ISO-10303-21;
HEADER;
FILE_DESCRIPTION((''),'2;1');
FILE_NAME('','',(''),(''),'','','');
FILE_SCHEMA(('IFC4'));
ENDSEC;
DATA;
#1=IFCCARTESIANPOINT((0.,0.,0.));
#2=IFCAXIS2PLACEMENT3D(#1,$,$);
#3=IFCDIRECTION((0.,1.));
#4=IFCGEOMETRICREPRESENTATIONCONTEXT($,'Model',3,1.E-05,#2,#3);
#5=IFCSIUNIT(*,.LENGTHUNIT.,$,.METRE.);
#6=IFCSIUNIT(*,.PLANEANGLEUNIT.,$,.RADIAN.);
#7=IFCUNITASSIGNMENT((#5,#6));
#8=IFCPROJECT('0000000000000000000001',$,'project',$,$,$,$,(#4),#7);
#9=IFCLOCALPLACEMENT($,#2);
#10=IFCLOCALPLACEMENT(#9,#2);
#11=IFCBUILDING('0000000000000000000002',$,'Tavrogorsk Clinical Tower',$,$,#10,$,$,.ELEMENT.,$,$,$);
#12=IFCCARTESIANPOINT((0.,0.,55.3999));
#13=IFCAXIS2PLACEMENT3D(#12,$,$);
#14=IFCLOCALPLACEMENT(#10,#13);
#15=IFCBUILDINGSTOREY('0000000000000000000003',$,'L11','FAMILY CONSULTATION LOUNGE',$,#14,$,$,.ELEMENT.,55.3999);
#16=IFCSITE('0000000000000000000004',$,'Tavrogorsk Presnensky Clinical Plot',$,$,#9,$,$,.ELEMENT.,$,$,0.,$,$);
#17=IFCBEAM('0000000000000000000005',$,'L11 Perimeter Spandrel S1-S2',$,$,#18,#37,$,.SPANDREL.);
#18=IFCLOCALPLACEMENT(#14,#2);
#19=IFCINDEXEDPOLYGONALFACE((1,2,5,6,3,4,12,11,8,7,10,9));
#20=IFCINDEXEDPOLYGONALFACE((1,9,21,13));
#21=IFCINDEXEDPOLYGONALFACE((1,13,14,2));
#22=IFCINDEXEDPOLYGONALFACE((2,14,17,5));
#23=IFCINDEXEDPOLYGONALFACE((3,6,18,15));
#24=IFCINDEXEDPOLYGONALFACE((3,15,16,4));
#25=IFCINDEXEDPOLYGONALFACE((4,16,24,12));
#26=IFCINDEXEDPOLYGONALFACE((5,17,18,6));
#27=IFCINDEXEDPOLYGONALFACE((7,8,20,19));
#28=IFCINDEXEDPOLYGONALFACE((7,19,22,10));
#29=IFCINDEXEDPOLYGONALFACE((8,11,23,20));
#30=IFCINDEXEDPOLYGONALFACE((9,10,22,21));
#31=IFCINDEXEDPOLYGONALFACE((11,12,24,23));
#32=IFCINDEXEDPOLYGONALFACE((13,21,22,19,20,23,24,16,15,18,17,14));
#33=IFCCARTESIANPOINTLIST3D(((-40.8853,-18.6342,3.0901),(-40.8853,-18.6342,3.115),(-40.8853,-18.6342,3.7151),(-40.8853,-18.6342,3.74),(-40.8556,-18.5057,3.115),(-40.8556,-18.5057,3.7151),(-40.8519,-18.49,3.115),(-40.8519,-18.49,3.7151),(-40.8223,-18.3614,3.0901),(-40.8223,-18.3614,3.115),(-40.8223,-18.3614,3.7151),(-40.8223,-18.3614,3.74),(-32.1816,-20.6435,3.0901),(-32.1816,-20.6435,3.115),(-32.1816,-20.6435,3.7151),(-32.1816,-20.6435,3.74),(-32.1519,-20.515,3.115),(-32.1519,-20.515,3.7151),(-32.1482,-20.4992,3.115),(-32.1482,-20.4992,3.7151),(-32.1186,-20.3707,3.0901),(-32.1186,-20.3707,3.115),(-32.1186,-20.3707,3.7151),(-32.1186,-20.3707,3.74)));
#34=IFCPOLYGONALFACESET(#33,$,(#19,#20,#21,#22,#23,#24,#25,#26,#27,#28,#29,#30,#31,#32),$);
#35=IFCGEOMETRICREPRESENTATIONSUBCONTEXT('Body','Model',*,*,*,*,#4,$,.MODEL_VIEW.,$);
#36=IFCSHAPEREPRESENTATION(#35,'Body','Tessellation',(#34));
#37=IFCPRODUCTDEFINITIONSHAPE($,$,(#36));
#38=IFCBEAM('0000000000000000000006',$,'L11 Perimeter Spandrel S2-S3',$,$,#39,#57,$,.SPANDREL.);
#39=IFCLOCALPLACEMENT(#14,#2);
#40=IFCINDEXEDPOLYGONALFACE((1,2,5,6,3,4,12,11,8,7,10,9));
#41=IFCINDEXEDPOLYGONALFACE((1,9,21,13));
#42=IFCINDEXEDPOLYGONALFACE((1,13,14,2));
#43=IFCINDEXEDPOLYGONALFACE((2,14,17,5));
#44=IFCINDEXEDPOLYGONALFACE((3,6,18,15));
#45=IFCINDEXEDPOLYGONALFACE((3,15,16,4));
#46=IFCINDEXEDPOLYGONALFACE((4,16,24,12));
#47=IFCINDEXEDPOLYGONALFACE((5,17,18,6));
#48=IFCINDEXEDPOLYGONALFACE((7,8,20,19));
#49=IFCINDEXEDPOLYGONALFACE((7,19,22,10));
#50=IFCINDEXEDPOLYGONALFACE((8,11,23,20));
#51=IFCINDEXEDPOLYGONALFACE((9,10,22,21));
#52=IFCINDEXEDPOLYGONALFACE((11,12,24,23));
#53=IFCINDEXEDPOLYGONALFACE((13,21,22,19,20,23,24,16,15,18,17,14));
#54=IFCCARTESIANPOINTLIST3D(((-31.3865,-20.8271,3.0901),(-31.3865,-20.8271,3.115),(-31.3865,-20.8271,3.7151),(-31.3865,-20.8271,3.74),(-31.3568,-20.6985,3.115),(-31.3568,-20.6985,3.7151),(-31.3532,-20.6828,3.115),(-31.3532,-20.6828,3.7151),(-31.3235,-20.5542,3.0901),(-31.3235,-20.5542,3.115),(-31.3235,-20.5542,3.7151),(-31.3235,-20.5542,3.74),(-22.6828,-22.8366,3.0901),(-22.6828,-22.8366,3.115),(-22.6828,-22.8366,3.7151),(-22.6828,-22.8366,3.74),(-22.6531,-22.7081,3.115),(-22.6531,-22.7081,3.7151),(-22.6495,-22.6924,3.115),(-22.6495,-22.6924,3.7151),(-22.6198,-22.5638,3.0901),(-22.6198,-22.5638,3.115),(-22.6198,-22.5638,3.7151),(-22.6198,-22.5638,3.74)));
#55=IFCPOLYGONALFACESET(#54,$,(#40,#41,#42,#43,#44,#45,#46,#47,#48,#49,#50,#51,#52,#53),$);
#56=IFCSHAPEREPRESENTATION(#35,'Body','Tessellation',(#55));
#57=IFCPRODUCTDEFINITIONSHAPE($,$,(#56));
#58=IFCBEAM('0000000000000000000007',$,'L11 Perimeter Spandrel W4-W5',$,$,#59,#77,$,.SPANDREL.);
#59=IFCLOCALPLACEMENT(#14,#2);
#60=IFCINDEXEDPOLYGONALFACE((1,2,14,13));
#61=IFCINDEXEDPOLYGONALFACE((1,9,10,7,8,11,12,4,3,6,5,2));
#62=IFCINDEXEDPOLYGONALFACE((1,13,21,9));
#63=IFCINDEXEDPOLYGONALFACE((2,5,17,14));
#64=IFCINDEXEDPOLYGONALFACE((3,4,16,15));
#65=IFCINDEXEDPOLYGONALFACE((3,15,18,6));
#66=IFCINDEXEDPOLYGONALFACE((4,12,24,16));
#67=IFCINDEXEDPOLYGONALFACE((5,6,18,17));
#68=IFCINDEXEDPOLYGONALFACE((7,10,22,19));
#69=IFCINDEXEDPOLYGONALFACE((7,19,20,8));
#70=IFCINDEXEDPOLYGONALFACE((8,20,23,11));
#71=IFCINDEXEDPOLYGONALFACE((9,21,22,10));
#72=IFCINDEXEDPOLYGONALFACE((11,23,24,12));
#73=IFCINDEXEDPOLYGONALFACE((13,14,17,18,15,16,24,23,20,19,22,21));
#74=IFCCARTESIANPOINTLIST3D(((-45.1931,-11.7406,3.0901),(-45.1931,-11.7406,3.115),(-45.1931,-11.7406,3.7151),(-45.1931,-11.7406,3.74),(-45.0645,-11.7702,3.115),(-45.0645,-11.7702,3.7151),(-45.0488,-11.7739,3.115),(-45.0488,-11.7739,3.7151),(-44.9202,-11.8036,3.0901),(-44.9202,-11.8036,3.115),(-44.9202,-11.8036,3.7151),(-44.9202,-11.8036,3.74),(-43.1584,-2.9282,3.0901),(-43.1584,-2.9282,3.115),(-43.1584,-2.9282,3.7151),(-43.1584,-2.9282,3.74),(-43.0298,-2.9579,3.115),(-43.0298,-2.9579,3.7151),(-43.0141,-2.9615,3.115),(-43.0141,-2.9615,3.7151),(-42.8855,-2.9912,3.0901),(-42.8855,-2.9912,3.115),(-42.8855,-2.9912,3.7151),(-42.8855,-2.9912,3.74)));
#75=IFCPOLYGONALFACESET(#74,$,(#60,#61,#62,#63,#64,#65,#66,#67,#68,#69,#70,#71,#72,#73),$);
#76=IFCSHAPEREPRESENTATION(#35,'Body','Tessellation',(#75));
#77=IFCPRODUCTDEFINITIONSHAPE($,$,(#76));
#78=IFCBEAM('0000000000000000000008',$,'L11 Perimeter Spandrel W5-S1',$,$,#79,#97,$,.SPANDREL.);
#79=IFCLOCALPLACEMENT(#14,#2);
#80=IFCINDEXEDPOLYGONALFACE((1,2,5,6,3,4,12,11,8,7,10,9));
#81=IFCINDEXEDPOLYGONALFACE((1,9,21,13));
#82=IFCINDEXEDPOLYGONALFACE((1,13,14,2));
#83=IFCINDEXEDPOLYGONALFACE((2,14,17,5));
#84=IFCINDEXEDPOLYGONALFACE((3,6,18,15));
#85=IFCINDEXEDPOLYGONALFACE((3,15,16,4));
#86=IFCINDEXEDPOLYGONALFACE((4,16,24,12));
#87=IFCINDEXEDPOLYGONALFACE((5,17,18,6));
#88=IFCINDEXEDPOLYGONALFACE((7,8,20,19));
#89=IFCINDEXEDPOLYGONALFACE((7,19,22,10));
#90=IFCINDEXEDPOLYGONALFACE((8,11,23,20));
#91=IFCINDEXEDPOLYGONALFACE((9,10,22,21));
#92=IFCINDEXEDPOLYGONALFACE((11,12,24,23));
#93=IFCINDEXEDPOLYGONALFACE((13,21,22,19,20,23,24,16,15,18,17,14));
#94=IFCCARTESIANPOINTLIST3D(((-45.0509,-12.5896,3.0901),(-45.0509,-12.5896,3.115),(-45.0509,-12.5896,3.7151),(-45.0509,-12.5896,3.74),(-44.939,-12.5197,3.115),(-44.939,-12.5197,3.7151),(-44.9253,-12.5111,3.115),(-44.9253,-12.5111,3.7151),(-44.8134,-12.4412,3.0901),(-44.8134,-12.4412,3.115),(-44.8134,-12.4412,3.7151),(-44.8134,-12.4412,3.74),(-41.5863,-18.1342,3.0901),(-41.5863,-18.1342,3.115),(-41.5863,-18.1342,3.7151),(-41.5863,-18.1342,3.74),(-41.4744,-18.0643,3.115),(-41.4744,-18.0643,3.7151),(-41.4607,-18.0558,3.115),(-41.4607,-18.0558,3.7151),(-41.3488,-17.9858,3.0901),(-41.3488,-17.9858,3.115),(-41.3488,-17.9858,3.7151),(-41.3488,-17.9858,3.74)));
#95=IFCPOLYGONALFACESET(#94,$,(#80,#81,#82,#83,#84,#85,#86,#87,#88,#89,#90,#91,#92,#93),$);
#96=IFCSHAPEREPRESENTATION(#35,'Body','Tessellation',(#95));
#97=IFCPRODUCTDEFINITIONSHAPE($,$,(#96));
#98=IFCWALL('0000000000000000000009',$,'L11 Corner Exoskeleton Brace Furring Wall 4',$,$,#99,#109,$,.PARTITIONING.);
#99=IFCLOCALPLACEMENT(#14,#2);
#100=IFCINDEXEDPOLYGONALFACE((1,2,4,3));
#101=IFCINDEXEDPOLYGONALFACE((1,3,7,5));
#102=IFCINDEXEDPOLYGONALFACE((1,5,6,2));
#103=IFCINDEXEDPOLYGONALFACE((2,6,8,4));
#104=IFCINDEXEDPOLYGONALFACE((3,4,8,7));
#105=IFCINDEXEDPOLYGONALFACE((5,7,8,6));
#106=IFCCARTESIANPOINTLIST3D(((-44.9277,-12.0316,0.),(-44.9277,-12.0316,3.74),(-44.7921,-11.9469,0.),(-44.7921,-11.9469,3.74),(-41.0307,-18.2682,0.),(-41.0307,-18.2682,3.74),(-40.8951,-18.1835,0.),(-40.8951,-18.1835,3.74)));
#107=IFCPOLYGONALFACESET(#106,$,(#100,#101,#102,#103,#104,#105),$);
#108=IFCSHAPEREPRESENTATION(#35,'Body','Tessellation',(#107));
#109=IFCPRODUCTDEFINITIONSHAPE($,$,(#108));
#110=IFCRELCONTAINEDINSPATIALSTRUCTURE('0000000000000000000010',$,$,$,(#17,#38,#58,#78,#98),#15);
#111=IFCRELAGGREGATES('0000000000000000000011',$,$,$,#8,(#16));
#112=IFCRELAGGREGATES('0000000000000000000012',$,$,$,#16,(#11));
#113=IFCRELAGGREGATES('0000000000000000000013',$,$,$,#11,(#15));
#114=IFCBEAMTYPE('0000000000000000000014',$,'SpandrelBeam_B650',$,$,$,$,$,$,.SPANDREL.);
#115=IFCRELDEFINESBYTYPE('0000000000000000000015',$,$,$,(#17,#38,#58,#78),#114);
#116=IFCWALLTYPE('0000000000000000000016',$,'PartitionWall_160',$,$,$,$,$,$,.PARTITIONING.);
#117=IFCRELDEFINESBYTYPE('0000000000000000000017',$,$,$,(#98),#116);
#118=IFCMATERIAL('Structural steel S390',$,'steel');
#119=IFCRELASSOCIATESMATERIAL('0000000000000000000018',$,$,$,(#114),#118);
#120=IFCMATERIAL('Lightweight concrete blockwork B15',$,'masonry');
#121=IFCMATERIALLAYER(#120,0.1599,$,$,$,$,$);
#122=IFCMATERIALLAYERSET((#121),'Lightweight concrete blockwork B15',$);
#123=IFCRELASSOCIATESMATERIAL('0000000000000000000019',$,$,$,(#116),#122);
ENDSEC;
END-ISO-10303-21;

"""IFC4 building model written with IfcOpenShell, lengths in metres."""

from ifc_helpers import new_model, si_unit, direction, frame, frame_2d, origin, origin_2d, place, context, subcontext, project, spatial, rectangle, i_section, extrude, material, layer, layer_set, material_profile, profile_set, type_object, element, save


model = new_model("IFC4")

# Units and contexts
model_context = context("Model", 3, precision=1e-05, world=origin(), true_north=direction((0.0, 1.0)))
body_context = subcontext(model_context, "Body", "Model", "MODEL_VIEW")
ifc_project = project(units=[si_unit("LENGTHUNIT", "METRE"), si_unit("PLANEANGLEUNIT", "RADIAN")], contexts=[model_context])

# Site, building, storey
site_placement = place(None, origin())
site = spatial("IfcSite", under=ifc_project, at=site_placement, Name="Tavrogorsk Presnensky Clinical Plot", CompositionType="ELEMENT", RefElevation=0.0)
building_placement = place(site_placement, origin())
building = spatial("IfcBuilding", under=site, at=building_placement, Name="Tavrogorsk Clinical Tower", CompositionType="ELEMENT")
storey_placement = place(building_placement, frame((0.0, 0.0, 55.3999)))
storey = spatial("IfcBuildingStorey", under=building, at=storey_placement, Name="L11", Description="FAMILY CONSULTATION LOUNGE", CompositionType="ELEMENT", Elevation=55.3999)

# Beams
ifc_material_1 = material(Name="Structural steel S390", Category="steel")
ifc_material_profile_1 = material_profile(ifc_material_1, i_section(OverallWidth=0.28, OverallDepth=0.6499, WebThickness=0.0161, FlangeThickness=0.0249, at=origin_2d()), Name="B-650x280x16x25")
ifc_profile_set_1 = profile_set([ifc_material_profile_1], Name="Structural steel S390")
beam_type = type_object("IfcBeamType", Name="SpandrelBeam_B650", PredefinedType="SPANDREL", material=ifc_profile_set_1)
for number, where, z_axis, x_axis, name in (
    (1, (-40.8538, -18.4978, 3.415), (0.974373, -0.224939, 0.0), (0.224939, 0.974373, 0.0), "L11 Perimeter Spandrel S1-S2"),
    (2, (-31.355, -20.6907, 3.415), (0.974367, -0.224965, 0.0), (0.224965, 0.974367, 0.0), "L11 Perimeter Spandrel S2-S3"),
):
    element("IfcBeam", number, at=place(storey_placement, frame(where, z_axis=z_axis, x_axis=x_axis)), inside=storey, type_object=beam_type, Name=name, PredefinedType="SPANDREL", context=body_context, shape_type="SweptSolid", body=[
        extrude(i_section(OverallWidth=0.28, OverallDepth=0.6499, WebThickness=0.0161, FlangeThickness=0.0249, at=origin_2d()), origin(), (0.0, 0.0, 1.0), 8.9326),
    ])
beam_1_placement = place(storey_placement, frame((-43.022, -2.9597, 3.415), z_axis=(-0.224972, -0.974365, 0.0), x_axis=(0.974365, -0.224972, 0.0)))
element("IfcBeam", 3, at=beam_1_placement, inside=storey, type_object=beam_type, Name="L11 Perimeter Spandrel W4-W5", PredefinedType="SPANDREL", context=body_context, shape_type="SweptSolid", body=[
    extrude(i_section(OverallWidth=0.28, OverallDepth=0.6499, WebThickness=0.0161, FlangeThickness=0.0249, at=origin_2d()), origin(), (0.0, 0.0, 1.0), 9.0442),
])
beam_2_placement = place(storey_placement, frame((-44.9321, -12.5154, 3.415), z_axis=(0.529908, -0.848055, 0.0), x_axis=(0.848055, 0.529908, 0.0)))
element("IfcBeam", 4, at=beam_2_placement, inside=storey, type_object=beam_type, Name="L11 Perimeter Spandrel W5-S1", PredefinedType="SPANDREL", context=body_context, shape_type="SweptSolid", body=[
    extrude(i_section(OverallWidth=0.28, OverallDepth=0.6499, WebThickness=0.0161, FlangeThickness=0.0249, at=origin_2d()), origin(), (0.0, 0.0, 1.0), 6.5381),
])

# Wall
ifc_material_2 = material(Name="Lightweight concrete blockwork B15", Category="masonry")
ifc_layer_1 = layer(ifc_material_2, 0.1599)
ifc_layer_set_1 = layer_set([ifc_layer_1], Name="Lightweight concrete blockwork B15")
wall_type_1 = type_object("IfcWallType", Name="PartitionWall_160", PredefinedType="PARTITIONING", material=ifc_layer_set_1)
wall_1_placement = place(storey_placement, frame((-44.8599, -11.9893, 0.0), z_axis=(0.0, 0.0, 1.0), x_axis=(0.529912, -0.848052, 0.0)))
element("IfcWall", 5, at=wall_1_placement, inside=storey, type_object=wall_type_1, Name="L11 Corner Exoskeleton Brace Furring Wall 4", PredefinedType="PARTITIONING", context=body_context, shape_type="SweptSolid", body=[
    extrude(rectangle(XDim=7.354, YDim=0.1599, at=frame_2d((3.677, 0.0))), origin(), (0.0, 0.0, 1.0), 3.74),
])

save(model, "model.ifc")
